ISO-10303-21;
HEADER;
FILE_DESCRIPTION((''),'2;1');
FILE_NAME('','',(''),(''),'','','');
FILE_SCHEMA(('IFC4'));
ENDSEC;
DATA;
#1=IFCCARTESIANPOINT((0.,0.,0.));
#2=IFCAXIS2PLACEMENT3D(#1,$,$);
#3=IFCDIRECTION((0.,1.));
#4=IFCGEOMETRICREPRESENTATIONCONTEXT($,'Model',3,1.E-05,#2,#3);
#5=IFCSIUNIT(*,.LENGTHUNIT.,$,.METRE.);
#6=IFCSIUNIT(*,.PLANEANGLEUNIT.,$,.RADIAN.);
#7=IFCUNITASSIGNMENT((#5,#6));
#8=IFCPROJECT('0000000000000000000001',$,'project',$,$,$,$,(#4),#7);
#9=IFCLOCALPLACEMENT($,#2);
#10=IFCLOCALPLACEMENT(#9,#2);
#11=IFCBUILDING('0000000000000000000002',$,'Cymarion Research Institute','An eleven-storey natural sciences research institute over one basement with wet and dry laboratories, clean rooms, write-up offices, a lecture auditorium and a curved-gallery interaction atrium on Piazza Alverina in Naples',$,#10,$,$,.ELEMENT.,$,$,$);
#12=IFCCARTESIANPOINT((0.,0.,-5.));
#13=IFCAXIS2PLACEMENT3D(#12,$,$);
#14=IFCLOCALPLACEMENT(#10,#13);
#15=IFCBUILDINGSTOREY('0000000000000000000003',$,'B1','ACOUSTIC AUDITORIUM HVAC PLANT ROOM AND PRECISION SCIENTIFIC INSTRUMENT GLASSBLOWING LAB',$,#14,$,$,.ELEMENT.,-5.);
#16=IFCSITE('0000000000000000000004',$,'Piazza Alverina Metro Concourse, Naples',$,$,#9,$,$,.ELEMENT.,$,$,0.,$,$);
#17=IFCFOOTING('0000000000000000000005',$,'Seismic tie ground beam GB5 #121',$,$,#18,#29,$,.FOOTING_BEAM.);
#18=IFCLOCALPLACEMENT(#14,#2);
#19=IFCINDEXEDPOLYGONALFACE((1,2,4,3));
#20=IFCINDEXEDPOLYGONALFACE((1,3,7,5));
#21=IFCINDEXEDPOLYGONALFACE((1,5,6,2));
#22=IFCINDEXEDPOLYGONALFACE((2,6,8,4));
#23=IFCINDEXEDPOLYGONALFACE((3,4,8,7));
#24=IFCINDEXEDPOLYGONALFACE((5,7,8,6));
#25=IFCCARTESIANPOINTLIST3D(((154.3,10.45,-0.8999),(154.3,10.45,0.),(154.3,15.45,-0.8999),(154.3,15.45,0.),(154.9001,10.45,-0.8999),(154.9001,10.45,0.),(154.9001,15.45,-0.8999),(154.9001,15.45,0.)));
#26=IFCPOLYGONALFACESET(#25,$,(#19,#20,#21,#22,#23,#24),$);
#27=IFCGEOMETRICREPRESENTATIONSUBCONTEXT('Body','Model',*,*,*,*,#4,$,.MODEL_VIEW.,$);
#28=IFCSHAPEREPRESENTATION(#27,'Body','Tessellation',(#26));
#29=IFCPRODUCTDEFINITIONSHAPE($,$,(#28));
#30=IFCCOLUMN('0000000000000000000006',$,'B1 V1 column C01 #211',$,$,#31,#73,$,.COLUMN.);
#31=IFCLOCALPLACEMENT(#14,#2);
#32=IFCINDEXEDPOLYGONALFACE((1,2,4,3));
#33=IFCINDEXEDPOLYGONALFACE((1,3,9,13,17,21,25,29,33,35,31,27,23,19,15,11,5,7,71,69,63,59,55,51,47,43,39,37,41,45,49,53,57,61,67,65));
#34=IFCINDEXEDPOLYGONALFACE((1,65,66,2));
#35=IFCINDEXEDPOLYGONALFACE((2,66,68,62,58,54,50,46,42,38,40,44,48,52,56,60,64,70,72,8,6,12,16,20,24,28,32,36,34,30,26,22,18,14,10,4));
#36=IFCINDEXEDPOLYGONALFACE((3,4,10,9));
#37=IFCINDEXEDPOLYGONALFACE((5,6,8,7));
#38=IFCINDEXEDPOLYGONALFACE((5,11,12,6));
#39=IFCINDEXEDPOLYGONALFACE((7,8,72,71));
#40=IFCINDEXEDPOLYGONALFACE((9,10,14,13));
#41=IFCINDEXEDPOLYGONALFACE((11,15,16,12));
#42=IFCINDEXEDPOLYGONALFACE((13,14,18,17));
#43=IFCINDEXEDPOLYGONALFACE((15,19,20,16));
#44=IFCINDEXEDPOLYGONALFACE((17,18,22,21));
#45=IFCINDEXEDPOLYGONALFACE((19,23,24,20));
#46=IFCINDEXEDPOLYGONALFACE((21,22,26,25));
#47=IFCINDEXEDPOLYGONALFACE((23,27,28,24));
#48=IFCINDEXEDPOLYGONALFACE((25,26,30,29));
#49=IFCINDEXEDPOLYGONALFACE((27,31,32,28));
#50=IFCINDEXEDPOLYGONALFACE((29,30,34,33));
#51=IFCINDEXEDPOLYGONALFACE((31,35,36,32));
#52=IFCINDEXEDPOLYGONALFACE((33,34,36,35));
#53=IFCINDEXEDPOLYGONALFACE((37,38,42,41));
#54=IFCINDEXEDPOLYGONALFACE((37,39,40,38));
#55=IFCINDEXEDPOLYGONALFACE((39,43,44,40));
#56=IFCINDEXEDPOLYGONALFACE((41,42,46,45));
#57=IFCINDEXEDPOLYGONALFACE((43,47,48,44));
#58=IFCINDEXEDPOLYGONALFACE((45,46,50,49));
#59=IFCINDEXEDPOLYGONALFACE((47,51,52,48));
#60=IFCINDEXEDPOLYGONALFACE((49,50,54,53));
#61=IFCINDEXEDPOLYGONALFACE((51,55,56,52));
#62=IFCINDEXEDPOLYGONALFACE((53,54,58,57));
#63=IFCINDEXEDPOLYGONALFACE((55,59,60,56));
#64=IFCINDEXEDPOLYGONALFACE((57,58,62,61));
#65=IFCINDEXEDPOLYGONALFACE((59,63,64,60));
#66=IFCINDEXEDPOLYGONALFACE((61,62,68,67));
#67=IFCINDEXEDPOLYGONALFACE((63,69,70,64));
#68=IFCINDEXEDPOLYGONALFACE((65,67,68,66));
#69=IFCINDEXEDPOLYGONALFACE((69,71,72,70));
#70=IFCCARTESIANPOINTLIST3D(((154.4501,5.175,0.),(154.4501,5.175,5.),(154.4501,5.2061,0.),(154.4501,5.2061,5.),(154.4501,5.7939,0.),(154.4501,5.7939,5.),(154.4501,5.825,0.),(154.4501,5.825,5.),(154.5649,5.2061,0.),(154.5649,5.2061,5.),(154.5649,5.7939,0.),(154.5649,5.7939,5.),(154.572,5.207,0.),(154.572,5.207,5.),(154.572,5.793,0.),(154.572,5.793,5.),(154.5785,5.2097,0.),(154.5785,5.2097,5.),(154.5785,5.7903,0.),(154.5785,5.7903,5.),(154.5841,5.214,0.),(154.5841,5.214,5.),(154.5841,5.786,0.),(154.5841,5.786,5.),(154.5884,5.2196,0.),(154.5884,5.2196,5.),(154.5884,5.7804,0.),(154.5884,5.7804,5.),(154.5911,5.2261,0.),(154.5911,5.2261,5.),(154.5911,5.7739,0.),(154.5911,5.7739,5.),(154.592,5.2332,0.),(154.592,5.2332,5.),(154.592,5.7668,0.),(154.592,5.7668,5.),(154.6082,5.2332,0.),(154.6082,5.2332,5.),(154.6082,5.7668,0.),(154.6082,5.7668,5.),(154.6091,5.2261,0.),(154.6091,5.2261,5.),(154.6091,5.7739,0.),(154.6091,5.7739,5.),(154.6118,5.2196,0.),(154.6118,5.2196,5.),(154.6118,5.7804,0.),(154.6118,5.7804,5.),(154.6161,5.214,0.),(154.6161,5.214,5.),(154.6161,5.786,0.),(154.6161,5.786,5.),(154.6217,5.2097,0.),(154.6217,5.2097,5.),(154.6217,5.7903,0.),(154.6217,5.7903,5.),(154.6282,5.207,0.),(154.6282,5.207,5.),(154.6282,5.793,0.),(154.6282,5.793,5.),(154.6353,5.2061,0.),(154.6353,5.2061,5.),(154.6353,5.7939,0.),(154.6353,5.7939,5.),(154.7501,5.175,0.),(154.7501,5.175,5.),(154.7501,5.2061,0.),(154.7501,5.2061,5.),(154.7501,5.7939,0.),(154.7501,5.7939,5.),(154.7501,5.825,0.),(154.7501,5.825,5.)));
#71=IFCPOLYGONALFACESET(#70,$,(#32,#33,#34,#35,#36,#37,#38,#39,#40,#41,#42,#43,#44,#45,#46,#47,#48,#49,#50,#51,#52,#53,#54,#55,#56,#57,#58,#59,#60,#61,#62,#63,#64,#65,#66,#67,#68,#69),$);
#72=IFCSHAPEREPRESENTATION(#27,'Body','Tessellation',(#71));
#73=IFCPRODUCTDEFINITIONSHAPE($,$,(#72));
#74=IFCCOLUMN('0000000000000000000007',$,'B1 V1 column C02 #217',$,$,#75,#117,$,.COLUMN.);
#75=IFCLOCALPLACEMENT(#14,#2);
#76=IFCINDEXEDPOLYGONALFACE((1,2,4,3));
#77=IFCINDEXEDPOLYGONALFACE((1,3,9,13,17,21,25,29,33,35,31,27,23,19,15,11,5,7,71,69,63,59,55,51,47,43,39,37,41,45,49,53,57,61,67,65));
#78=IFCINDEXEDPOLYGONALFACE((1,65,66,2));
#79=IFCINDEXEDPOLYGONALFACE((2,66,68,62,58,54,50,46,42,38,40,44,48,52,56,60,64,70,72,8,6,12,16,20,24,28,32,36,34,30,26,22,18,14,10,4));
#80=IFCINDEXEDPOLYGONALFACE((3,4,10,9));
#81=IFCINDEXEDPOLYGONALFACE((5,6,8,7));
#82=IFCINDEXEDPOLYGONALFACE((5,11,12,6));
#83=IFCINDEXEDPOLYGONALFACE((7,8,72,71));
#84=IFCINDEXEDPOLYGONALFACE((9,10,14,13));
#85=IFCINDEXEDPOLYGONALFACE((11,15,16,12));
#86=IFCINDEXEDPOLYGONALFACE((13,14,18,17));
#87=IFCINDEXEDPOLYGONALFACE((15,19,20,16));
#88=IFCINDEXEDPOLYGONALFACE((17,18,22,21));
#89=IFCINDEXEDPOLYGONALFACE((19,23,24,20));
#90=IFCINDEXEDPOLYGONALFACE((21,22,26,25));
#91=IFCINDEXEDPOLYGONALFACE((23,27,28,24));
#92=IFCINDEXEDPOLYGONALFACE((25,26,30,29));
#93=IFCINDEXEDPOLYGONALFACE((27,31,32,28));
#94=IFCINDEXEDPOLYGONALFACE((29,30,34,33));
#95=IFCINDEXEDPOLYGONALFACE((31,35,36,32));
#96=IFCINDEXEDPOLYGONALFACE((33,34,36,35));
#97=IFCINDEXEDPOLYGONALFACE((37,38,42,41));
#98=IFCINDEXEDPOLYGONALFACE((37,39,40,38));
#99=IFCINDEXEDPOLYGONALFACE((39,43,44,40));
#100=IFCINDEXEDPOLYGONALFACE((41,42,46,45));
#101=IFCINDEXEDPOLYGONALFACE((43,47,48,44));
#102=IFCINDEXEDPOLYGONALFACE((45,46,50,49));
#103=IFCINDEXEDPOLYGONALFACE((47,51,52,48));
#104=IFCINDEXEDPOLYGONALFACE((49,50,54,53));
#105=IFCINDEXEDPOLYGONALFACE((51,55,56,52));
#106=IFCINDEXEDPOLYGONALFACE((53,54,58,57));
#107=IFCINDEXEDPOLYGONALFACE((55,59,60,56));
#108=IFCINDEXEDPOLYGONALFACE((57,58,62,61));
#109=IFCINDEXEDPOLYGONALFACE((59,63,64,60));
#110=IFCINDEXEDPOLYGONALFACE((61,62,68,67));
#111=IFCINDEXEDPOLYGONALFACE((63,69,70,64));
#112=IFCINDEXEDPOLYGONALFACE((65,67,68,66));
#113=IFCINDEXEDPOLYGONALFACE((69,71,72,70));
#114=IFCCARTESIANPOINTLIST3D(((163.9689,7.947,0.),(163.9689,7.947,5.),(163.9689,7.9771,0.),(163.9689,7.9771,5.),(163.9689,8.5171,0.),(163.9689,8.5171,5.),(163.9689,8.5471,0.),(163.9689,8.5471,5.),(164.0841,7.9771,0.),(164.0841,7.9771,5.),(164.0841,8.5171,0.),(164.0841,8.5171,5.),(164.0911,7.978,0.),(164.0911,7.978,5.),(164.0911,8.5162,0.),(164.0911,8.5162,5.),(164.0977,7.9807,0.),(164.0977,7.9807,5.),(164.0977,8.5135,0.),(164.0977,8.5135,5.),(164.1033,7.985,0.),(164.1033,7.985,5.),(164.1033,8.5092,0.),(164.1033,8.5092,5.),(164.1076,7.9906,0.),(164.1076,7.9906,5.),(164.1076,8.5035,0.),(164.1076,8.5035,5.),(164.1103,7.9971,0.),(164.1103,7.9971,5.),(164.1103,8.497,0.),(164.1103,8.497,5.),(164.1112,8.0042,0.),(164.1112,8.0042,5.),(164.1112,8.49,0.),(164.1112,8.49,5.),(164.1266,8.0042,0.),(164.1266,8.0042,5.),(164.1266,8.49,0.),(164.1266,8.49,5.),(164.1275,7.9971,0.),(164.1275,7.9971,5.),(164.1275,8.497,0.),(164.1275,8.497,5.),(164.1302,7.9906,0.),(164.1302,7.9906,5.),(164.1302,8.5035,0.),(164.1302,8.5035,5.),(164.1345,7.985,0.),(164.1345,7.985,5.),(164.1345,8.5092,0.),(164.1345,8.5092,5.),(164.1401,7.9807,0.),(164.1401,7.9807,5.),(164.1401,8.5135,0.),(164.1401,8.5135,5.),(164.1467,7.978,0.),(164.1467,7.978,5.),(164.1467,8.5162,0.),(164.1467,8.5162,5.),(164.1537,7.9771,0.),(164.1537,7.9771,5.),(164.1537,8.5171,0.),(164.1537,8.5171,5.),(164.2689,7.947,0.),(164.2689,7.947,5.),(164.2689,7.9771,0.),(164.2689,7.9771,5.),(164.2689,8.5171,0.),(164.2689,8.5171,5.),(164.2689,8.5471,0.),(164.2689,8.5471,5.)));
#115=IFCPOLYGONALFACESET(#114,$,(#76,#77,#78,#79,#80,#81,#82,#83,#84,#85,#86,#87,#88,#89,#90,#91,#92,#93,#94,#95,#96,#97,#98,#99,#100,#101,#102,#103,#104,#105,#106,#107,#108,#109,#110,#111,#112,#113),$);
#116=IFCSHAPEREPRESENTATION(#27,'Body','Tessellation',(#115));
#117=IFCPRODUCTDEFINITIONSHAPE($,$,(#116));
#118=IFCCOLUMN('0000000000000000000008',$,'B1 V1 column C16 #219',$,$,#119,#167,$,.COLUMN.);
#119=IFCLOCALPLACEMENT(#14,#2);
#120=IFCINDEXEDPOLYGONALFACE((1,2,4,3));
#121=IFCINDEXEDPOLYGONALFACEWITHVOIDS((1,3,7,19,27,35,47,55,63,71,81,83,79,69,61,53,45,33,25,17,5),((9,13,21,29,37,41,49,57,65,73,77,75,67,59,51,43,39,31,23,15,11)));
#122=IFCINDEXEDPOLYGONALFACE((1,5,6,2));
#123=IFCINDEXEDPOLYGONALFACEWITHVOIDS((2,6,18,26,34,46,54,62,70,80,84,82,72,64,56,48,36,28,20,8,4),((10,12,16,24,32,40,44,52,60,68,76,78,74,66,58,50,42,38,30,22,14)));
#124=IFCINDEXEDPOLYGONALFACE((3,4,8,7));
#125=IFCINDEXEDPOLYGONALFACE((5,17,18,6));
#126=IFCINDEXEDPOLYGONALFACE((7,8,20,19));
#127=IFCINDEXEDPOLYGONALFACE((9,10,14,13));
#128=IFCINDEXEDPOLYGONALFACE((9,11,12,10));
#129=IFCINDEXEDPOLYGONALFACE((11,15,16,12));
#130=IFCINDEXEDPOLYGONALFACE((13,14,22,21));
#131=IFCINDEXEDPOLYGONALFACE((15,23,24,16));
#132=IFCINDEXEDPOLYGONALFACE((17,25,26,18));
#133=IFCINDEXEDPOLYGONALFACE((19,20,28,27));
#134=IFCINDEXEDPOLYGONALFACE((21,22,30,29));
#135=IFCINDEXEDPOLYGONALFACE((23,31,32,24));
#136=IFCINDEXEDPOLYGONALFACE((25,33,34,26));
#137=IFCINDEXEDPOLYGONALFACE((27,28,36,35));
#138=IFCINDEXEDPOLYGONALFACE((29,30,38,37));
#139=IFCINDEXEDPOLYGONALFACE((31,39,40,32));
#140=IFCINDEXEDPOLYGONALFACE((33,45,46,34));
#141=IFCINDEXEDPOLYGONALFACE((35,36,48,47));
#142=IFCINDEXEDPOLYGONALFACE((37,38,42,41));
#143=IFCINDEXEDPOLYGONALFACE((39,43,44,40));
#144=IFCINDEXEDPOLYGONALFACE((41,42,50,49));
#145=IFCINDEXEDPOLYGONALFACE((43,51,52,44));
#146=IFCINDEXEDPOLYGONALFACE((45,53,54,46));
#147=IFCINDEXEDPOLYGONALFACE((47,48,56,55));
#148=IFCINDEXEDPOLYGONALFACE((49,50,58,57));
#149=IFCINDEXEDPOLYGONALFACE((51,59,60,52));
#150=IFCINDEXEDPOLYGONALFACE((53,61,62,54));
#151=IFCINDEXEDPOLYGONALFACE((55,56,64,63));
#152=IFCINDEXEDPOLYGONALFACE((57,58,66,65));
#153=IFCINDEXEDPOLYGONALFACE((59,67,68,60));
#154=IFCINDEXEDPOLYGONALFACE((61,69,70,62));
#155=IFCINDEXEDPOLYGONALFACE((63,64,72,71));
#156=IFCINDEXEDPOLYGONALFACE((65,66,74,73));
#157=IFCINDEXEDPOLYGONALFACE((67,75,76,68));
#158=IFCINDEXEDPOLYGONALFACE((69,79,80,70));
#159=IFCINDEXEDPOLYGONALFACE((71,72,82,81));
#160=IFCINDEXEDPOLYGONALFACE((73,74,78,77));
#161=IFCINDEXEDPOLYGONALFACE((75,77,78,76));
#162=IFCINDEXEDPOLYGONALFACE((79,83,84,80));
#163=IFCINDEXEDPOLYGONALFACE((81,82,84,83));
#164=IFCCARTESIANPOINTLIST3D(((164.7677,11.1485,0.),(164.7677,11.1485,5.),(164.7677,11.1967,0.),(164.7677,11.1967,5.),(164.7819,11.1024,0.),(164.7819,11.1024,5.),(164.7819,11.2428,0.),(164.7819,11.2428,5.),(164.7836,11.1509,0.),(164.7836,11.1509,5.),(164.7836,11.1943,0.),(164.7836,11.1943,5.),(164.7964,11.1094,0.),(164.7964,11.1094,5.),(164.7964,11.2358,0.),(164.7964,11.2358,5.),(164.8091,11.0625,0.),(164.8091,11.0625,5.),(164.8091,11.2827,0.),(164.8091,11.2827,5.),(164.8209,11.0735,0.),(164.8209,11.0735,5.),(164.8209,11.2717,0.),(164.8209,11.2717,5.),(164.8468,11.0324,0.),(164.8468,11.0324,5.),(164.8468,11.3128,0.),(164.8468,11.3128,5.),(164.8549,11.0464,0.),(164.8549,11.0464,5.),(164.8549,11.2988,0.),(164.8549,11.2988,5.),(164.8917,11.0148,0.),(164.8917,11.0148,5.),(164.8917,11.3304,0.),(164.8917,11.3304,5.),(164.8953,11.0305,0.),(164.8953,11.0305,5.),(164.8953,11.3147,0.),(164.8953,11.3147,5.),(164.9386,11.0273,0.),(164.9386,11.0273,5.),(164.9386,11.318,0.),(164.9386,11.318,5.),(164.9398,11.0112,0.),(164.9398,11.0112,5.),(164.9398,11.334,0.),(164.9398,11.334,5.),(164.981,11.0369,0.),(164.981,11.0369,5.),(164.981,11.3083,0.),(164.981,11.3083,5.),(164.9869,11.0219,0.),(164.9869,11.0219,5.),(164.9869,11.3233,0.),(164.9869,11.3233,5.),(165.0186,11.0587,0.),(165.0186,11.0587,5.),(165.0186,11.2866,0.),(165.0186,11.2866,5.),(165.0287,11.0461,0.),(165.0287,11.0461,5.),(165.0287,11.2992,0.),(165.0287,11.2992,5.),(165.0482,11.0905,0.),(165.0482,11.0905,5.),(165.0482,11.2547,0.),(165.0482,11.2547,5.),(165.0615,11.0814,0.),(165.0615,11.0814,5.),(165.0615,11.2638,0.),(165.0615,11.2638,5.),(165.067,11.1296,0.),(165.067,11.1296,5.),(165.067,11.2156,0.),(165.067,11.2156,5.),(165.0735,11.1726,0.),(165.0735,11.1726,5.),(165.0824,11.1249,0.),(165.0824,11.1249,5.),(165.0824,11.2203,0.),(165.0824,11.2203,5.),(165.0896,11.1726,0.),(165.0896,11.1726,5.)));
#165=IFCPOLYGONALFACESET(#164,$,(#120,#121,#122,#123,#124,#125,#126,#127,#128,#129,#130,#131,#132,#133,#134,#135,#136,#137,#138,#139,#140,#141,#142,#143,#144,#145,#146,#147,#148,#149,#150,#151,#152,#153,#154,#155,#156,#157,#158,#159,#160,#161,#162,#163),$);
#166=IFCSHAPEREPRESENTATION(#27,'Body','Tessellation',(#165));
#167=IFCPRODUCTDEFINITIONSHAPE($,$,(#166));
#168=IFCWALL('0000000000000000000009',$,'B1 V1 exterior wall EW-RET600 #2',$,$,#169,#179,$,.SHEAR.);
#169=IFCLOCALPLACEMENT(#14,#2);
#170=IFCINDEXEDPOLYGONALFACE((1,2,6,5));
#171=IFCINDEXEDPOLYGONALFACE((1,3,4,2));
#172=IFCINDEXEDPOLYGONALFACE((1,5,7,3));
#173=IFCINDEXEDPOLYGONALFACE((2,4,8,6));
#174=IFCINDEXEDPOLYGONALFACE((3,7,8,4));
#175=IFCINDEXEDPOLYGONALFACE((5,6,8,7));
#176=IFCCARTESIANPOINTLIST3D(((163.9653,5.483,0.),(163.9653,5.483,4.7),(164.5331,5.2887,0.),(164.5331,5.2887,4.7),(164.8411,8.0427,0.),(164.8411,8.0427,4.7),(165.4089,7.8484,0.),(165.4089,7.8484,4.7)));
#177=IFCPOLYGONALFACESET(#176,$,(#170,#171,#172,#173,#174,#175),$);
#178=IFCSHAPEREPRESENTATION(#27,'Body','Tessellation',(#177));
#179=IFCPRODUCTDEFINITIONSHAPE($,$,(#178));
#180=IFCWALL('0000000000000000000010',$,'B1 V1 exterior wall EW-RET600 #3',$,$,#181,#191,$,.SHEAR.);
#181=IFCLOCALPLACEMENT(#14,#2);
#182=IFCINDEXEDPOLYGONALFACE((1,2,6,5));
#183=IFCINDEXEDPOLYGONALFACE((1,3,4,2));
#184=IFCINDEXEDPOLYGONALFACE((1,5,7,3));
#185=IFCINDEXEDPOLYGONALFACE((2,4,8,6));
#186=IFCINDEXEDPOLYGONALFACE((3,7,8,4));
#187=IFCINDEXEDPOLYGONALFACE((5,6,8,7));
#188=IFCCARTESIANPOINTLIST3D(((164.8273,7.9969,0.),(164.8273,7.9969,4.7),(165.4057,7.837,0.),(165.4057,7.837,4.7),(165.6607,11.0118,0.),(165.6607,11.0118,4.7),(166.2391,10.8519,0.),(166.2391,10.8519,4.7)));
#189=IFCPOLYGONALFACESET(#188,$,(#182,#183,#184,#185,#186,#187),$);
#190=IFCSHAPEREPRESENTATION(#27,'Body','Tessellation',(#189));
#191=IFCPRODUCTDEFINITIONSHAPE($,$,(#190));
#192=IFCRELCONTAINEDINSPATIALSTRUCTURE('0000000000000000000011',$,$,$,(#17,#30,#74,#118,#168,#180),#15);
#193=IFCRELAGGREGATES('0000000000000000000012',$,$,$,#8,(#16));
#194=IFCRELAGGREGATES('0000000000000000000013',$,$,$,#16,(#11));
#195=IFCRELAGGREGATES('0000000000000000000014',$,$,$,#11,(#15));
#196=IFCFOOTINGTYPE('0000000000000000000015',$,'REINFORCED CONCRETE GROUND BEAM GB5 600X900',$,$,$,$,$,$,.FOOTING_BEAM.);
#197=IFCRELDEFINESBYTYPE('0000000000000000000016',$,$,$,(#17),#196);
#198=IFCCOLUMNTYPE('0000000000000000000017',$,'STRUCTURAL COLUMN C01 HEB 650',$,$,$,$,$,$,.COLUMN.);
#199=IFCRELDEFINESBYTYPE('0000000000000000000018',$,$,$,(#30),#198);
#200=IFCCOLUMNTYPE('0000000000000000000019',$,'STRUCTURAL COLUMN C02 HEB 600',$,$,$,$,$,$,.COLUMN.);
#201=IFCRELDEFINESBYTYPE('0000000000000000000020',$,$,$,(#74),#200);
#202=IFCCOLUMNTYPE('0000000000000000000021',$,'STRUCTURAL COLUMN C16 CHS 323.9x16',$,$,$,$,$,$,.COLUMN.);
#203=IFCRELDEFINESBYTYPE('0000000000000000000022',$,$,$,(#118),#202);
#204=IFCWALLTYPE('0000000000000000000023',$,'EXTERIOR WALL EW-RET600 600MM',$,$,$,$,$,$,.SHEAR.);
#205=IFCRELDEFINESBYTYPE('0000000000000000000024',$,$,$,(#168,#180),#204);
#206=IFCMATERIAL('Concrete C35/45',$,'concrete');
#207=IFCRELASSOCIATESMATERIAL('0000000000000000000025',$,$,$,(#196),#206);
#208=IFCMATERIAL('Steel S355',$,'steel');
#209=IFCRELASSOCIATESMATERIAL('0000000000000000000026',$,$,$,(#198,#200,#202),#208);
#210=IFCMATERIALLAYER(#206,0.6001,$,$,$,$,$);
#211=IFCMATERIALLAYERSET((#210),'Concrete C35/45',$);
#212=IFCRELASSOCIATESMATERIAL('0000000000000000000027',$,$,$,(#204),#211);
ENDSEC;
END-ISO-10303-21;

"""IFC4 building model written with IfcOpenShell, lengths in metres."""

from ifc_helpers import new_model, si_unit, direction, frame, frame_2d, origin, origin_2d, place, context, subcontext, project, spatial, rectangle, hollow_circle, i_section, extrude, material, layer, layer_set, material_profile, profile_set, type_object, element, save


model = new_model("IFC4")

# Units and contexts
model_context = context("Model", 3, precision=1e-05, world=origin(), true_north=direction((0.0, 1.0)))
body_context = subcontext(model_context, "Body", "Model", "MODEL_VIEW")
ifc_project = project(units=[si_unit("LENGTHUNIT", "METRE"), si_unit("PLANEANGLEUNIT", "RADIAN")], contexts=[model_context])

# Site, building, storey
site_placement = place(None, origin())
site = spatial("IfcSite", under=ifc_project, at=site_placement, Name="Piazza Alverina Metro Concourse, Naples", CompositionType="ELEMENT", RefElevation=0.0)
building_placement = place(site_placement, origin())
building = spatial("IfcBuilding", under=site, at=building_placement, Name="Cymarion Research Institute", Description="An eleven-storey natural sciences research institute over one basement with wet and dry laboratories, clean rooms, write-up offices, a lecture auditorium and a curved-gallery interaction atrium on Piazza Alverina in Naples", CompositionType="ELEMENT")
storey_placement = place(building_placement, frame((0.0, 0.0, -5.0)))
storey = spatial("IfcBuildingStorey", under=building, at=storey_placement, Name="B1", Description="ACOUSTIC AUDITORIUM HVAC PLANT ROOM AND PRECISION SCIENTIFIC INSTRUMENT GLASSBLOWING LAB", CompositionType="ELEMENT", Elevation=-5.0)

# Shared definitions
ifc_material_1 = material(Name="Concrete C35/45", Category="concrete")

# Footing
footing_type = type_object("IfcFootingType", Name="REINFORCED CONCRETE GROUND BEAM GB5 600X900", PredefinedType="FOOTING_BEAM", material=ifc_material_1)
footing_placement = place(storey_placement, frame((154.6001, 12.95, -0.8999), z_axis=(0.0, 0.0, 1.0), x_axis=(0.0, 1.0, 0.0)))
element("IfcFooting", 1, at=footing_placement, inside=storey, type_object=footing_type, Name="Seismic tie ground beam GB5 #121", PredefinedType="FOOTING_BEAM", context=body_context, shape_type="SweptSolid", body=[
    extrude(rectangle(XDim=5.0, YDim=0.6001, at=origin_2d()), origin(), (0.0, 0.0, 1.0), 0.8999),
])

# Columns
ifc_material_2 = material(Name="Steel S355", Category="steel")
ifc_material_profile_1 = material_profile(ifc_material_2, i_section(OverallWidth=0.3, OverallDepth=0.6499, WebThickness=0.0161, FlangeThickness=0.031, FilletRadius=0.0271, at=origin_2d()), Name="HEB 650")
ifc_profile_set_1 = profile_set([ifc_material_profile_1], Name="Steel S355")
column_type_1 = type_object("IfcColumnType", Name="STRUCTURAL COLUMN C01 HEB 650", PredefinedType="COLUMN", material=ifc_profile_set_1)
column_1_placement = place(storey_placement, frame((154.6001, 5.5, 0.0), z_axis=(0.0, 0.0, 1.0), x_axis=(1.0, 0.0, 0.0)))
element("IfcColumn", 2, at=column_1_placement, inside=storey, type_object=column_type_1, Name="B1 V1 column C01 #211", PredefinedType="COLUMN", context=body_context, shape_type="SweptSolid", body=[
    extrude(i_section(OverallWidth=0.3, OverallDepth=0.6499, WebThickness=0.0161, FlangeThickness=0.031, FilletRadius=0.0271, at=origin_2d()), origin(), (0.0, 0.0, 1.0), 5.0),
])
ifc_material_profile_2 = material_profile(ifc_material_2, i_section(OverallWidth=0.3, OverallDepth=0.6001, WebThickness=0.0154, FlangeThickness=0.03, FilletRadius=0.0271, at=origin_2d()), Name="HEB 600")
ifc_profile_set_2 = profile_set([ifc_material_profile_2], Name="Steel S355")
column_type_2 = type_object("IfcColumnType", Name="STRUCTURAL COLUMN C02 HEB 600", PredefinedType="COLUMN", material=ifc_profile_set_2)
column_2_placement = place(storey_placement, frame((164.1189, 8.2471, 0.0), z_axis=(0.0, 0.0, 1.0), x_axis=(1.0, 0.0, 0.0)))
element("IfcColumn", 3, at=column_2_placement, inside=storey, type_object=column_type_2, Name="B1 V1 column C02 #217", PredefinedType="COLUMN", context=body_context, shape_type="SweptSolid", body=[
    extrude(i_section(OverallWidth=0.3, OverallDepth=0.6001, WebThickness=0.0154, FlangeThickness=0.03, FilletRadius=0.0271, at=origin_2d()), origin(), (0.0, 0.0, 1.0), 5.0),
])
ifc_material_profile_3 = material_profile(ifc_material_2, hollow_circle(Radius=0.1619, WallThickness=0.0161, at=origin_2d()), Name="CHS 323.9x16")
ifc_profile_set_3 = profile_set([ifc_material_profile_3], Name="Steel S355")
column_type_3 = type_object("IfcColumnType", Name="STRUCTURAL COLUMN C16 CHS 323.9x16", PredefinedType="COLUMN", material=ifc_profile_set_3)
column_3_placement = place(storey_placement, frame((164.9277, 11.1726, 0.0), z_axis=(0.0, 0.0, 1.0), x_axis=(1.0, 0.0, 0.0)))
element("IfcColumn", 4, at=column_3_placement, inside=storey, type_object=column_type_3, Name="B1 V1 column C16 #219", PredefinedType="COLUMN", context=body_context, shape_type="SweptSolid", body=[
    extrude(hollow_circle(Radius=0.1619, WallThickness=0.0161, at=origin_2d()), origin(), (0.0, 0.0, 1.0), 5.0),
])

# Walls
ifc_layer_1 = layer(ifc_material_1, 0.6001)
ifc_layer_set_1 = layer_set([ifc_layer_1], Name="Concrete C35/45")
wall_type_1 = type_object("IfcWallType", Name="EXTERIOR WALL EW-RET600 600MM", PredefinedType="SHEAR", material=ifc_layer_set_1)
wall_1_placement = place(storey_placement, frame((164.2493, 5.386, 0.0), z_axis=(0.0, 0.0, 1.0), x_axis=(0.323717, 0.946154, 0.0)))
element("IfcWall", 5, at=wall_1_placement, inside=storey, type_object=wall_type_1, Name="B1 V1 exterior wall EW-RET600 #2", PredefinedType="SHEAR", context=body_context, shape_type="SweptSolid", body=[
    extrude(rectangle(XDim=2.7053, YDim=0.6001, at=frame_2d((1.3525, 0.0))), origin(), (0.0, 0.0, 1.0), 4.7),
])
wall_2_placement = place(storey_placement, frame((165.1165, 7.917, 0.0), z_axis=(0.0, 0.0, 1.0), x_axis=(0.266464, 0.963845, 0.0)))
element("IfcWall", 6, at=wall_2_placement, inside=storey, type_object=wall_type_1, Name="B1 V1 exterior wall EW-RET600 #3", PredefinedType="SHEAR", context=body_context, shape_type="SweptSolid", body=[
    extrude(rectangle(XDim=3.1279, YDim=0.6001, at=frame_2d((1.564, 0.0))), origin(), (0.0, 0.0, 1.0), 4.7),
])

save(model, "model.ifc")
